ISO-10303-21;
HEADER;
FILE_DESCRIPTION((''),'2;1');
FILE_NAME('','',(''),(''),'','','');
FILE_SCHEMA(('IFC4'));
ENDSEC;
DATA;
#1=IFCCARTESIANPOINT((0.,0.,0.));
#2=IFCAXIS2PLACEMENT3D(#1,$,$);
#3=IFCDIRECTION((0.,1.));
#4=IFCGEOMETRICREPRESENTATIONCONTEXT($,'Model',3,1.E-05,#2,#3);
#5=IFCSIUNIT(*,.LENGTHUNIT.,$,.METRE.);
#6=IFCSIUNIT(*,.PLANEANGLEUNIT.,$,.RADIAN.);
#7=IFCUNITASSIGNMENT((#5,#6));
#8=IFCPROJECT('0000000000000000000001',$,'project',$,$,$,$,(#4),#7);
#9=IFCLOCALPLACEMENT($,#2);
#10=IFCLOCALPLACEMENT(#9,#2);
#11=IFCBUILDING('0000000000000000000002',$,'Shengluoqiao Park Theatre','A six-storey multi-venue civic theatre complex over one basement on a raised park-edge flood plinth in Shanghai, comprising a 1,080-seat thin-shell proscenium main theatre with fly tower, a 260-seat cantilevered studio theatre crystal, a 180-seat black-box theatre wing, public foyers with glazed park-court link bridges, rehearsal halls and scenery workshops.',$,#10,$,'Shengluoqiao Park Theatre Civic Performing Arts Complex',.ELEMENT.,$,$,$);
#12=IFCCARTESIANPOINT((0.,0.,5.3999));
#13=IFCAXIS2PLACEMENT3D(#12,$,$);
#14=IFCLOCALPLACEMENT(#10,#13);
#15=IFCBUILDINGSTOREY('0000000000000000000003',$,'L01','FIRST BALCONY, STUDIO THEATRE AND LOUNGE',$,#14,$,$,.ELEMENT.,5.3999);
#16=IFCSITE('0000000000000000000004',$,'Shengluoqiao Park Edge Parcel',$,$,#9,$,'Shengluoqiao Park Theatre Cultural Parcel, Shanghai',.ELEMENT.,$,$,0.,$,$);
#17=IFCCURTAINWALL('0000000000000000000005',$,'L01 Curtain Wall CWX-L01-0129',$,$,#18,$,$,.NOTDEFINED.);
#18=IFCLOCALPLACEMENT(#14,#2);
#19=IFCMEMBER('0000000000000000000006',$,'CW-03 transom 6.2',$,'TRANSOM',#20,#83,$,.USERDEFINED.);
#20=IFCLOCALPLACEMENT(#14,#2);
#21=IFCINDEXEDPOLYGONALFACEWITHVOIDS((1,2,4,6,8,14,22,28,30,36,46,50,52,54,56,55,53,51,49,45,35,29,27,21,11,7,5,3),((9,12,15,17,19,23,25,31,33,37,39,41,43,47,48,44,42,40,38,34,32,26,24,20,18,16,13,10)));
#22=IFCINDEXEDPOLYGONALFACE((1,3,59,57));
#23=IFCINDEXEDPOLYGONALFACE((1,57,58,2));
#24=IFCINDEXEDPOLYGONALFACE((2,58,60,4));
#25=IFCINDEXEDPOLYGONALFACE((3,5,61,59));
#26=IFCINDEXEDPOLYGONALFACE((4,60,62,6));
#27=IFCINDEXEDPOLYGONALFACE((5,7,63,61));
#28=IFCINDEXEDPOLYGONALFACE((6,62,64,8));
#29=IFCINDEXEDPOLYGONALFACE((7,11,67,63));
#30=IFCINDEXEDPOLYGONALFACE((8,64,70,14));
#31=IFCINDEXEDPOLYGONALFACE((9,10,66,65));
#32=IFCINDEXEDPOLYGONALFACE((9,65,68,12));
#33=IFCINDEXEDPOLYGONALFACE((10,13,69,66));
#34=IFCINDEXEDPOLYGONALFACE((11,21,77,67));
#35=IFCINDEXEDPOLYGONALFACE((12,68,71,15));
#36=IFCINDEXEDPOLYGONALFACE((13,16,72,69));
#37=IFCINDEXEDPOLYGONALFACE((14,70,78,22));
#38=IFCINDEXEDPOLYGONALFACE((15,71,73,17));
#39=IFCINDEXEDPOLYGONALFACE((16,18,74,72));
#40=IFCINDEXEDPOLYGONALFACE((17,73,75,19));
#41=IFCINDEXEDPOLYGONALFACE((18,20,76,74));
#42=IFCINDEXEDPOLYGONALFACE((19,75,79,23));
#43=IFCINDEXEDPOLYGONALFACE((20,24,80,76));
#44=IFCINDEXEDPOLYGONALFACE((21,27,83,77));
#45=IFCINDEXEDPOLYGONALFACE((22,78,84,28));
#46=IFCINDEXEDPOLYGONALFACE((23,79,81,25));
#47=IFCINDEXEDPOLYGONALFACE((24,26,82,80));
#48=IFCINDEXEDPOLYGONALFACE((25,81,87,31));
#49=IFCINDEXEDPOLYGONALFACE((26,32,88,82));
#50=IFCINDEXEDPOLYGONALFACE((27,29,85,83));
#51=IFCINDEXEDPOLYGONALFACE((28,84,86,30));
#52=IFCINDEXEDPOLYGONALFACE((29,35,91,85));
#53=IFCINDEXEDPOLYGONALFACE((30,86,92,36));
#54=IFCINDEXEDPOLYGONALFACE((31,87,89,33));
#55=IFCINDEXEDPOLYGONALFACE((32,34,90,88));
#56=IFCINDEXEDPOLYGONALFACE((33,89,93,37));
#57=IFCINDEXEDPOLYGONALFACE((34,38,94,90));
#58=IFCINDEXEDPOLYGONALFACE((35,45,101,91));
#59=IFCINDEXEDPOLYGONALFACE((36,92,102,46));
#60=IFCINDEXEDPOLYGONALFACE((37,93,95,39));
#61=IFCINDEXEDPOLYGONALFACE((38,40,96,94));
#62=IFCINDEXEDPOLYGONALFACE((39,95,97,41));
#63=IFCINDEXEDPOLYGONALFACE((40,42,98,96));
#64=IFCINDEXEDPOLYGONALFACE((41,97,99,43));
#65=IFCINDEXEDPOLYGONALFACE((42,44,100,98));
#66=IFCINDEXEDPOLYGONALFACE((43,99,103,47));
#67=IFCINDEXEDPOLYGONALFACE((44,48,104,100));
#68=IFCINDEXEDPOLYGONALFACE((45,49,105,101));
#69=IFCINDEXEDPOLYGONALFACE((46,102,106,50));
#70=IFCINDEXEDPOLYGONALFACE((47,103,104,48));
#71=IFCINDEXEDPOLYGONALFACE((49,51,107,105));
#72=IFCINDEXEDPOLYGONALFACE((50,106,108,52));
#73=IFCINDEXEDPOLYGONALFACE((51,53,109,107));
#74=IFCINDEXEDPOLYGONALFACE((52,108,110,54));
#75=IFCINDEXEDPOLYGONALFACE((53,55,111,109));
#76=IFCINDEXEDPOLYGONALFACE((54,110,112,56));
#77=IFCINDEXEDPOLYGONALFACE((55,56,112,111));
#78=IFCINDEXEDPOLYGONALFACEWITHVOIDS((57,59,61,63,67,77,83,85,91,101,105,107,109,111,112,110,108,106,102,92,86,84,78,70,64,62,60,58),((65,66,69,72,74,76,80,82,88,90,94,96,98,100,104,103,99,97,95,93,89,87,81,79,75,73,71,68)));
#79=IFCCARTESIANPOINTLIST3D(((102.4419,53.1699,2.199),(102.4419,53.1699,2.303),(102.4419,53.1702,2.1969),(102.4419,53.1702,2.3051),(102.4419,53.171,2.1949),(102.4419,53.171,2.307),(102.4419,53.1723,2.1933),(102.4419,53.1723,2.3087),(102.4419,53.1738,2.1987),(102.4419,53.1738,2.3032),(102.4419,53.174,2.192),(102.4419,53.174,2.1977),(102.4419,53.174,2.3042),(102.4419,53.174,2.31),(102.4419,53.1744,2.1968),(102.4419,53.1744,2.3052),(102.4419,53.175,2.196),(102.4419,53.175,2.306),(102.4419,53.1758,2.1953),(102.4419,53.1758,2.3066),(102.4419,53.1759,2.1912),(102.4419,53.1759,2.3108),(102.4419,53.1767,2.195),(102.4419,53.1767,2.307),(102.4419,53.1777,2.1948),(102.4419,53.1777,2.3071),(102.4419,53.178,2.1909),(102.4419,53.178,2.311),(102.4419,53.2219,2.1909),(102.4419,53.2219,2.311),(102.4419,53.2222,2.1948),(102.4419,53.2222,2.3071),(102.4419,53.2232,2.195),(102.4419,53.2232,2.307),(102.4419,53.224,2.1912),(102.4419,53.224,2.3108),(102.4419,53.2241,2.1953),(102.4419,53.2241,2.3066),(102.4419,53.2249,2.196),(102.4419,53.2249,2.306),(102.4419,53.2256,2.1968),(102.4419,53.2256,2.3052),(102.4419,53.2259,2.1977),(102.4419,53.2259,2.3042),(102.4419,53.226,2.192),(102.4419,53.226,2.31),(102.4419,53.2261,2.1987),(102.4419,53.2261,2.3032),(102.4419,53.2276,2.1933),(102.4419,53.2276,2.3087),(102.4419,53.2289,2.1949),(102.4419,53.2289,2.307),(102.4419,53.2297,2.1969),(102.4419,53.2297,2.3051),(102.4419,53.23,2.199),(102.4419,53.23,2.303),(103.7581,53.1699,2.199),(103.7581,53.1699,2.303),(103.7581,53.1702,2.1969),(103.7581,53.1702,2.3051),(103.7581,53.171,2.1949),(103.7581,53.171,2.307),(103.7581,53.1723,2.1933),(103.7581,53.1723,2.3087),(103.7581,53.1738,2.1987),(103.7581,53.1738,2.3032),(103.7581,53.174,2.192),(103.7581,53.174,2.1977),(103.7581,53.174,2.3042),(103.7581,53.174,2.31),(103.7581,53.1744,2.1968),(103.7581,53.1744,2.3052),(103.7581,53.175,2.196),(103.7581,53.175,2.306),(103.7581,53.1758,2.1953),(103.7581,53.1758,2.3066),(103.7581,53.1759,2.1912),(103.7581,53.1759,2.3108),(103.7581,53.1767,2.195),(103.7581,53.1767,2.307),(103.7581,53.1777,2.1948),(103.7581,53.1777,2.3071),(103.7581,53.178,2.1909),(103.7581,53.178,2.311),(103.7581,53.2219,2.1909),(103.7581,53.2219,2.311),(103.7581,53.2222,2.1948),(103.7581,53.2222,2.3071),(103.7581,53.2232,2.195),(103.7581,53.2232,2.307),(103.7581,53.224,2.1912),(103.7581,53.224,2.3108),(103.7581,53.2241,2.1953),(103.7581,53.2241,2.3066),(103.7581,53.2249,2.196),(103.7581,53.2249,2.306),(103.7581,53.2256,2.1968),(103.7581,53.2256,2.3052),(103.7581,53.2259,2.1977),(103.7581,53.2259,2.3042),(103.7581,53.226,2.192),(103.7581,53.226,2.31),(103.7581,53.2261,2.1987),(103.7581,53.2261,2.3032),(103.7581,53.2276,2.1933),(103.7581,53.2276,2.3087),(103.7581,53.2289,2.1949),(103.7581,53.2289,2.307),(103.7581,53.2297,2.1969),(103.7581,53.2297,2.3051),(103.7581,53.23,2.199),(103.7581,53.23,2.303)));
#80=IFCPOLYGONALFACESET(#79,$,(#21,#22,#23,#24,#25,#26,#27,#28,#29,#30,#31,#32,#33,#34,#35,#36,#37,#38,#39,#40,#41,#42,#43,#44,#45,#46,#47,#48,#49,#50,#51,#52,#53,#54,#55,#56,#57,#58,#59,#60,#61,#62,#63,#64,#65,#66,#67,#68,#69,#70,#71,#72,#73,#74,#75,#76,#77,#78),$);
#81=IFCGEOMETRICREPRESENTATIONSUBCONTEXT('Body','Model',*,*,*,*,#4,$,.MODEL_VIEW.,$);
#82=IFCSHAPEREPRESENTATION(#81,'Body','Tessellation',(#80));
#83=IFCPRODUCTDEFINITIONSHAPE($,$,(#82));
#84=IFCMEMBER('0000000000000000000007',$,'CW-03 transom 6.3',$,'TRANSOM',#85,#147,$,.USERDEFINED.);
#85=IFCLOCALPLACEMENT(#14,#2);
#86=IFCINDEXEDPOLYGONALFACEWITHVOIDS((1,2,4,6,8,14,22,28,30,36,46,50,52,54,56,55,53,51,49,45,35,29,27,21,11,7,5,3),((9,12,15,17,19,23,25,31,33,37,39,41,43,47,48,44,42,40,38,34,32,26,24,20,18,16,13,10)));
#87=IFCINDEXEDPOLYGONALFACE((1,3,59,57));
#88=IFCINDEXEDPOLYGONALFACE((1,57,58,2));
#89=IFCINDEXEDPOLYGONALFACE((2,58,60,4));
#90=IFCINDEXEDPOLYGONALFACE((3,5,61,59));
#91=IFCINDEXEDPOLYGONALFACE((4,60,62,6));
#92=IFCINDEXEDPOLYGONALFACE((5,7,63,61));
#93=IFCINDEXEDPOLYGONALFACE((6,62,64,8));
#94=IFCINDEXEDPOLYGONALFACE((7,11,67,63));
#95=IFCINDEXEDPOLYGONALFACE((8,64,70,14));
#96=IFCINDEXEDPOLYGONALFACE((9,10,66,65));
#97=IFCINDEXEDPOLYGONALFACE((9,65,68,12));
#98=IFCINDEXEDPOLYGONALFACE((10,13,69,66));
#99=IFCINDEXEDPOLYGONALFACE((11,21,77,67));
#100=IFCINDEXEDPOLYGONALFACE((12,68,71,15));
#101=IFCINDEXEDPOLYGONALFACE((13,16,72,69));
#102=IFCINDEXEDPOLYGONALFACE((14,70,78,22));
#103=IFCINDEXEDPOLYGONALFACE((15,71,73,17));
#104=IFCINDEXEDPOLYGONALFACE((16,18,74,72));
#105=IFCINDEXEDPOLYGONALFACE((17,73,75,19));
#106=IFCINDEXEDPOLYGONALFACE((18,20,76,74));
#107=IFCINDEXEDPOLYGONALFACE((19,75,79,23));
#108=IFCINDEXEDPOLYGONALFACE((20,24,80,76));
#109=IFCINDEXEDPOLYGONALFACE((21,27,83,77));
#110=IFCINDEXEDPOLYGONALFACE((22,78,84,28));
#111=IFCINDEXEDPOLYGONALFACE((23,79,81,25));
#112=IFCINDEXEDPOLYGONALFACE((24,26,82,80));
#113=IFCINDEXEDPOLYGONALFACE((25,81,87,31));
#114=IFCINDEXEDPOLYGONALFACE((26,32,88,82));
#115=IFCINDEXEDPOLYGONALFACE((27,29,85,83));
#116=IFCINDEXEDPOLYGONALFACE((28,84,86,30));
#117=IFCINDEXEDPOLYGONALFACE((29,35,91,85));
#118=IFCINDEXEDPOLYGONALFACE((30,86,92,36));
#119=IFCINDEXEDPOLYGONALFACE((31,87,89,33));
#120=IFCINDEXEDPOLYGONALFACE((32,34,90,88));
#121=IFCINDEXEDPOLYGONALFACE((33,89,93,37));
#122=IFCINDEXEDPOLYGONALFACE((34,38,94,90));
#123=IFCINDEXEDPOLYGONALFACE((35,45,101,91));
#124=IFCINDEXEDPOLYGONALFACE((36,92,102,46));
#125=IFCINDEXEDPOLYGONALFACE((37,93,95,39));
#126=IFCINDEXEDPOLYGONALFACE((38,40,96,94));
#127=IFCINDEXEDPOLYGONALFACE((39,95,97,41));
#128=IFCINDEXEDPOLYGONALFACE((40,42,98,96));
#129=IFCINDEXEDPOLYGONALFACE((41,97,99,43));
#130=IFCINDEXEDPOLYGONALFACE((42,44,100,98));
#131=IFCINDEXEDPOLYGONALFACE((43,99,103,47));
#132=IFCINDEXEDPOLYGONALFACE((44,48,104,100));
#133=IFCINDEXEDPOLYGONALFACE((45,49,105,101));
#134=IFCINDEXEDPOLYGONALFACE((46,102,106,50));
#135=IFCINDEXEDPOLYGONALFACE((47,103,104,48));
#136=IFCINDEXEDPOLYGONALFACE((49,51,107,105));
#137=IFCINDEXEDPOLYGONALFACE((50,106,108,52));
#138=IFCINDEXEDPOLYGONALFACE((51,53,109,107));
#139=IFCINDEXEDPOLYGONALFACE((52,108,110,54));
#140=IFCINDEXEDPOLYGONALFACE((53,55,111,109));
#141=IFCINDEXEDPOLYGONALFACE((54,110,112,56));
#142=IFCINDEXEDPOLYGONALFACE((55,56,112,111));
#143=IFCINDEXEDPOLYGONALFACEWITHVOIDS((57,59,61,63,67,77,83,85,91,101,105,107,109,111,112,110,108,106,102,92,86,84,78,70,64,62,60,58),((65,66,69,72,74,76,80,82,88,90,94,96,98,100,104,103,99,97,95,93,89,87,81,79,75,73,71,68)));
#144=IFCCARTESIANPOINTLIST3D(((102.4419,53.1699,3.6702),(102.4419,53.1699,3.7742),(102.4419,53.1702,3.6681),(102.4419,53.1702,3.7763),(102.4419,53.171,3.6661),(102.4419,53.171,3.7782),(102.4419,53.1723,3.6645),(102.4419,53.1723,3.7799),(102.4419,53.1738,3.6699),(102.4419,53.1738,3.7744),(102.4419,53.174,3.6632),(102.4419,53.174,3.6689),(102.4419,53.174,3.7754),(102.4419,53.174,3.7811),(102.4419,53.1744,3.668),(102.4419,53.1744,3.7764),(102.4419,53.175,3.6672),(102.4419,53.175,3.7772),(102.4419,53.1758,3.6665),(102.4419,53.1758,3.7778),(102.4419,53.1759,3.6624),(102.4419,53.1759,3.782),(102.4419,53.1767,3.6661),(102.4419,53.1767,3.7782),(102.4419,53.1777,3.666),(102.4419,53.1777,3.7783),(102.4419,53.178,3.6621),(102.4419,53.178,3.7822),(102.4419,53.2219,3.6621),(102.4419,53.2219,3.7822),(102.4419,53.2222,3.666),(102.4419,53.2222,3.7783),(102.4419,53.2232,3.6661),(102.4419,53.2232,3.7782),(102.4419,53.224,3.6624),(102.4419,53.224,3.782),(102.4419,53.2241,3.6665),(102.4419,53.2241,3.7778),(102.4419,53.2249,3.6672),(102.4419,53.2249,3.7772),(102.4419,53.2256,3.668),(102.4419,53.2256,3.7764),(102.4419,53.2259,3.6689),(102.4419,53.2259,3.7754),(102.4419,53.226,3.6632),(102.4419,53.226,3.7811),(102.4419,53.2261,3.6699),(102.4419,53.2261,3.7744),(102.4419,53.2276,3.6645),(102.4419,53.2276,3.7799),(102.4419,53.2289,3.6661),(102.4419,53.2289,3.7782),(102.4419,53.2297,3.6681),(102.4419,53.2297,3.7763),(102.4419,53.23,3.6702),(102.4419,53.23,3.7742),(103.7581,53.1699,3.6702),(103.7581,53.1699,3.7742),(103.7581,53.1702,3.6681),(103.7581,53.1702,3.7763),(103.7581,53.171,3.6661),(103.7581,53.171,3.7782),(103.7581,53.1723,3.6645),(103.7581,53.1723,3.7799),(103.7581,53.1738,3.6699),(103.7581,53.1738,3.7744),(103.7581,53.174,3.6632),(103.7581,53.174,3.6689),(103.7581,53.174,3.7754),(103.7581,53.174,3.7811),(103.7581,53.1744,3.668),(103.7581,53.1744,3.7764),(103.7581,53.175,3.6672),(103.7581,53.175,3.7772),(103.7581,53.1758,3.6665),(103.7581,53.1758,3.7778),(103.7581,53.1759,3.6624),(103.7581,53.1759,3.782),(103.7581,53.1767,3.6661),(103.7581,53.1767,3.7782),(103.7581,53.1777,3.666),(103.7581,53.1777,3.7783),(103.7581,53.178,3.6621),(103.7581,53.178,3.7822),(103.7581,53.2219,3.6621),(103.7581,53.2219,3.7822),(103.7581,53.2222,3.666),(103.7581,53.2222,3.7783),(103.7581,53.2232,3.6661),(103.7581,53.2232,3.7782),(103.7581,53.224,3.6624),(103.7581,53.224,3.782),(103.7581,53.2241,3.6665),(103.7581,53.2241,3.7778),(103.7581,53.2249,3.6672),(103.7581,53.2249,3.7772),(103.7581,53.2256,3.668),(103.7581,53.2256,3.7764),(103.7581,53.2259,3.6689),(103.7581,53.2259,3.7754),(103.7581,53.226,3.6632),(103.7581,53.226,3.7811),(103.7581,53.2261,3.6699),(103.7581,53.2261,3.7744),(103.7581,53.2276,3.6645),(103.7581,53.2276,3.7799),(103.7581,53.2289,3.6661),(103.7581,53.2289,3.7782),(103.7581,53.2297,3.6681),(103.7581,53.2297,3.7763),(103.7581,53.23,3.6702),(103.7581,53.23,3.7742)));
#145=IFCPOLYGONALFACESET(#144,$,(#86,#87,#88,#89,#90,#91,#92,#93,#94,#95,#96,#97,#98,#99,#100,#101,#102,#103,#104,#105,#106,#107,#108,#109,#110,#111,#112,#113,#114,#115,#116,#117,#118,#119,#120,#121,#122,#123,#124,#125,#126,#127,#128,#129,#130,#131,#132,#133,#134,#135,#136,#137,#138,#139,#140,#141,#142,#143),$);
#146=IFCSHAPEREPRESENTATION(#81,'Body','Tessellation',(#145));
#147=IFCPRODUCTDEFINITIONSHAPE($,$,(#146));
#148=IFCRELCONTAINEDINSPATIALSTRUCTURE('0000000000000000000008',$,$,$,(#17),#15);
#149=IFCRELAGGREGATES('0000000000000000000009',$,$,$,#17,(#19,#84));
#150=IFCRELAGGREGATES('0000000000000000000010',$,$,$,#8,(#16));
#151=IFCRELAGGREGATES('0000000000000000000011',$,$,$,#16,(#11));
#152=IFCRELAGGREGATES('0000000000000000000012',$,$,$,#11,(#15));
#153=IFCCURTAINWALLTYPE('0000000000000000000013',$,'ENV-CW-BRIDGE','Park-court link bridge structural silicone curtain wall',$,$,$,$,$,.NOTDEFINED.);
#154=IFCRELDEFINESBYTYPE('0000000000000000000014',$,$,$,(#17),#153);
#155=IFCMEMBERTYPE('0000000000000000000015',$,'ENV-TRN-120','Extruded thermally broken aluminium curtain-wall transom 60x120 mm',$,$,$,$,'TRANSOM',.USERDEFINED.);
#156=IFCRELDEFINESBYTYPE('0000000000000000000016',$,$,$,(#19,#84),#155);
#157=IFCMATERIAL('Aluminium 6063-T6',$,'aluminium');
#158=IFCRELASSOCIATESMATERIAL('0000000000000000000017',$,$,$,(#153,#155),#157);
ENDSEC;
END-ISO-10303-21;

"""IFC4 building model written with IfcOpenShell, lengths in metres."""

from ifc_helpers import new_model, si_unit, direction, frame, origin, origin_2d, place, context, subcontext, project, spatial, hollow_rectangle, extrude, material, material_profile, profile_set, type_object, element, aggregate, save


model = new_model("IFC4")

# Units and contexts
model_context = context("Model", 3, precision=1e-05, world=origin(), true_north=direction((0.0, 1.0)))
body_context = subcontext(model_context, "Body", "Model", "MODEL_VIEW")
ifc_project = project(units=[si_unit("LENGTHUNIT", "METRE"), si_unit("PLANEANGLEUNIT", "RADIAN")], contexts=[model_context])

# Site, building, storey
site_placement = place(None, origin())
site = spatial("IfcSite", under=ifc_project, at=site_placement, Name="Shengluoqiao Park Edge Parcel", LongName="Shengluoqiao Park Theatre Cultural Parcel, Shanghai", CompositionType="ELEMENT", RefElevation=0.0)
building_placement = place(site_placement, origin())
building = spatial("IfcBuilding", under=site, at=building_placement, Name="Shengluoqiao Park Theatre", Description="A six-storey multi-venue civic theatre complex over one basement on a raised park-edge flood plinth in Shanghai, comprising a 1,080-seat thin-shell proscenium main theatre with fly tower, a 260-seat cantilevered studio theatre crystal, a 180-seat black-box theatre wing, public foyers with glazed park-court link bridges, rehearsal halls and scenery workshops.", LongName="Shengluoqiao Park Theatre Civic Performing Arts Complex", CompositionType="ELEMENT")
storey_placement = place(building_placement, frame((0.0, 0.0, 5.3999)))
storey = spatial("IfcBuildingStorey", under=building, at=storey_placement, Name="L01", Description="FIRST BALCONY, STUDIO THEATRE AND LOUNGE", CompositionType="ELEMENT", Elevation=5.3999)

# Curtain wall
ifc_material_1 = material(Name="Aluminium 6063-T6", Category="aluminium")
curtain_wall_type = type_object("IfcCurtainWallType", Name="ENV-CW-BRIDGE", Description="Park-court link bridge structural silicone curtain wall", PredefinedType="NOTDEFINED", material=ifc_material_1)
curtain_wall_1_placement = place(storey_placement, origin())
curtain_wall_1 = element("IfcCurtainWall", 1, at=curtain_wall_1_placement, inside=storey, type_object=curtain_wall_type, Name="L01 Curtain Wall CWX-L01-0129", PredefinedType="NOTDEFINED")

# Members
ifc_material_profile_1 = material_profile(ifc_material_1, hollow_rectangle(XDim=0.0601, YDim=0.1201, WallThickness=0.0039, InnerFilletRadius=0.0039, OuterFilletRadius=0.0081, at=origin_2d()), Name="ALU TRANSOM 120x60x4")
ifc_profile_set_1 = profile_set([ifc_material_profile_1], Name="Aluminium 6063-T6")
member_type_1 = type_object("IfcMemberType", Name="ENV-TRN-120", Description="Extruded thermally broken aluminium curtain-wall transom 60x120 mm", ElementType="TRANSOM", PredefinedType="USERDEFINED", material=ifc_profile_set_1)
member_1_placement = place(storey_placement, frame((102.4419, 53.2, 2.251), z_axis=(1.0, 0.0, 0.0), x_axis=(0.0, 1.0, 0.0)))
member_1 = element("IfcMember", 2, at=member_1_placement, type_object=member_type_1, Name="CW-03 transom 6.2", ObjectType="TRANSOM", PredefinedType="USERDEFINED", context=body_context, shape_type="SweptSolid", body=[
    extrude(hollow_rectangle(XDim=0.0601, YDim=0.1201, WallThickness=0.0039, InnerFilletRadius=0.0039, OuterFilletRadius=0.0081, at=origin_2d()), origin(), (0.0, 0.0, 1.0), 1.3162),
])
member_2_placement = place(storey_placement, frame((102.4419, 53.2, 3.7222), z_axis=(1.0, 0.0, 0.0), x_axis=(0.0, 1.0, 0.0)))
member_2 = element("IfcMember", 3, at=member_2_placement, type_object=member_type_1, Name="CW-03 transom 6.3", ObjectType="TRANSOM", PredefinedType="USERDEFINED", context=body_context, shape_type="SweptSolid", body=[
    extrude(hollow_rectangle(XDim=0.0601, YDim=0.1201, WallThickness=0.0039, InnerFilletRadius=0.0039, OuterFilletRadius=0.0081, at=origin_2d()), origin(), (0.0, 0.0, 1.0), 1.3162),
])

aggregate(curtain_wall_1, [member_1, member_2])

save(model, "model.ifc")
